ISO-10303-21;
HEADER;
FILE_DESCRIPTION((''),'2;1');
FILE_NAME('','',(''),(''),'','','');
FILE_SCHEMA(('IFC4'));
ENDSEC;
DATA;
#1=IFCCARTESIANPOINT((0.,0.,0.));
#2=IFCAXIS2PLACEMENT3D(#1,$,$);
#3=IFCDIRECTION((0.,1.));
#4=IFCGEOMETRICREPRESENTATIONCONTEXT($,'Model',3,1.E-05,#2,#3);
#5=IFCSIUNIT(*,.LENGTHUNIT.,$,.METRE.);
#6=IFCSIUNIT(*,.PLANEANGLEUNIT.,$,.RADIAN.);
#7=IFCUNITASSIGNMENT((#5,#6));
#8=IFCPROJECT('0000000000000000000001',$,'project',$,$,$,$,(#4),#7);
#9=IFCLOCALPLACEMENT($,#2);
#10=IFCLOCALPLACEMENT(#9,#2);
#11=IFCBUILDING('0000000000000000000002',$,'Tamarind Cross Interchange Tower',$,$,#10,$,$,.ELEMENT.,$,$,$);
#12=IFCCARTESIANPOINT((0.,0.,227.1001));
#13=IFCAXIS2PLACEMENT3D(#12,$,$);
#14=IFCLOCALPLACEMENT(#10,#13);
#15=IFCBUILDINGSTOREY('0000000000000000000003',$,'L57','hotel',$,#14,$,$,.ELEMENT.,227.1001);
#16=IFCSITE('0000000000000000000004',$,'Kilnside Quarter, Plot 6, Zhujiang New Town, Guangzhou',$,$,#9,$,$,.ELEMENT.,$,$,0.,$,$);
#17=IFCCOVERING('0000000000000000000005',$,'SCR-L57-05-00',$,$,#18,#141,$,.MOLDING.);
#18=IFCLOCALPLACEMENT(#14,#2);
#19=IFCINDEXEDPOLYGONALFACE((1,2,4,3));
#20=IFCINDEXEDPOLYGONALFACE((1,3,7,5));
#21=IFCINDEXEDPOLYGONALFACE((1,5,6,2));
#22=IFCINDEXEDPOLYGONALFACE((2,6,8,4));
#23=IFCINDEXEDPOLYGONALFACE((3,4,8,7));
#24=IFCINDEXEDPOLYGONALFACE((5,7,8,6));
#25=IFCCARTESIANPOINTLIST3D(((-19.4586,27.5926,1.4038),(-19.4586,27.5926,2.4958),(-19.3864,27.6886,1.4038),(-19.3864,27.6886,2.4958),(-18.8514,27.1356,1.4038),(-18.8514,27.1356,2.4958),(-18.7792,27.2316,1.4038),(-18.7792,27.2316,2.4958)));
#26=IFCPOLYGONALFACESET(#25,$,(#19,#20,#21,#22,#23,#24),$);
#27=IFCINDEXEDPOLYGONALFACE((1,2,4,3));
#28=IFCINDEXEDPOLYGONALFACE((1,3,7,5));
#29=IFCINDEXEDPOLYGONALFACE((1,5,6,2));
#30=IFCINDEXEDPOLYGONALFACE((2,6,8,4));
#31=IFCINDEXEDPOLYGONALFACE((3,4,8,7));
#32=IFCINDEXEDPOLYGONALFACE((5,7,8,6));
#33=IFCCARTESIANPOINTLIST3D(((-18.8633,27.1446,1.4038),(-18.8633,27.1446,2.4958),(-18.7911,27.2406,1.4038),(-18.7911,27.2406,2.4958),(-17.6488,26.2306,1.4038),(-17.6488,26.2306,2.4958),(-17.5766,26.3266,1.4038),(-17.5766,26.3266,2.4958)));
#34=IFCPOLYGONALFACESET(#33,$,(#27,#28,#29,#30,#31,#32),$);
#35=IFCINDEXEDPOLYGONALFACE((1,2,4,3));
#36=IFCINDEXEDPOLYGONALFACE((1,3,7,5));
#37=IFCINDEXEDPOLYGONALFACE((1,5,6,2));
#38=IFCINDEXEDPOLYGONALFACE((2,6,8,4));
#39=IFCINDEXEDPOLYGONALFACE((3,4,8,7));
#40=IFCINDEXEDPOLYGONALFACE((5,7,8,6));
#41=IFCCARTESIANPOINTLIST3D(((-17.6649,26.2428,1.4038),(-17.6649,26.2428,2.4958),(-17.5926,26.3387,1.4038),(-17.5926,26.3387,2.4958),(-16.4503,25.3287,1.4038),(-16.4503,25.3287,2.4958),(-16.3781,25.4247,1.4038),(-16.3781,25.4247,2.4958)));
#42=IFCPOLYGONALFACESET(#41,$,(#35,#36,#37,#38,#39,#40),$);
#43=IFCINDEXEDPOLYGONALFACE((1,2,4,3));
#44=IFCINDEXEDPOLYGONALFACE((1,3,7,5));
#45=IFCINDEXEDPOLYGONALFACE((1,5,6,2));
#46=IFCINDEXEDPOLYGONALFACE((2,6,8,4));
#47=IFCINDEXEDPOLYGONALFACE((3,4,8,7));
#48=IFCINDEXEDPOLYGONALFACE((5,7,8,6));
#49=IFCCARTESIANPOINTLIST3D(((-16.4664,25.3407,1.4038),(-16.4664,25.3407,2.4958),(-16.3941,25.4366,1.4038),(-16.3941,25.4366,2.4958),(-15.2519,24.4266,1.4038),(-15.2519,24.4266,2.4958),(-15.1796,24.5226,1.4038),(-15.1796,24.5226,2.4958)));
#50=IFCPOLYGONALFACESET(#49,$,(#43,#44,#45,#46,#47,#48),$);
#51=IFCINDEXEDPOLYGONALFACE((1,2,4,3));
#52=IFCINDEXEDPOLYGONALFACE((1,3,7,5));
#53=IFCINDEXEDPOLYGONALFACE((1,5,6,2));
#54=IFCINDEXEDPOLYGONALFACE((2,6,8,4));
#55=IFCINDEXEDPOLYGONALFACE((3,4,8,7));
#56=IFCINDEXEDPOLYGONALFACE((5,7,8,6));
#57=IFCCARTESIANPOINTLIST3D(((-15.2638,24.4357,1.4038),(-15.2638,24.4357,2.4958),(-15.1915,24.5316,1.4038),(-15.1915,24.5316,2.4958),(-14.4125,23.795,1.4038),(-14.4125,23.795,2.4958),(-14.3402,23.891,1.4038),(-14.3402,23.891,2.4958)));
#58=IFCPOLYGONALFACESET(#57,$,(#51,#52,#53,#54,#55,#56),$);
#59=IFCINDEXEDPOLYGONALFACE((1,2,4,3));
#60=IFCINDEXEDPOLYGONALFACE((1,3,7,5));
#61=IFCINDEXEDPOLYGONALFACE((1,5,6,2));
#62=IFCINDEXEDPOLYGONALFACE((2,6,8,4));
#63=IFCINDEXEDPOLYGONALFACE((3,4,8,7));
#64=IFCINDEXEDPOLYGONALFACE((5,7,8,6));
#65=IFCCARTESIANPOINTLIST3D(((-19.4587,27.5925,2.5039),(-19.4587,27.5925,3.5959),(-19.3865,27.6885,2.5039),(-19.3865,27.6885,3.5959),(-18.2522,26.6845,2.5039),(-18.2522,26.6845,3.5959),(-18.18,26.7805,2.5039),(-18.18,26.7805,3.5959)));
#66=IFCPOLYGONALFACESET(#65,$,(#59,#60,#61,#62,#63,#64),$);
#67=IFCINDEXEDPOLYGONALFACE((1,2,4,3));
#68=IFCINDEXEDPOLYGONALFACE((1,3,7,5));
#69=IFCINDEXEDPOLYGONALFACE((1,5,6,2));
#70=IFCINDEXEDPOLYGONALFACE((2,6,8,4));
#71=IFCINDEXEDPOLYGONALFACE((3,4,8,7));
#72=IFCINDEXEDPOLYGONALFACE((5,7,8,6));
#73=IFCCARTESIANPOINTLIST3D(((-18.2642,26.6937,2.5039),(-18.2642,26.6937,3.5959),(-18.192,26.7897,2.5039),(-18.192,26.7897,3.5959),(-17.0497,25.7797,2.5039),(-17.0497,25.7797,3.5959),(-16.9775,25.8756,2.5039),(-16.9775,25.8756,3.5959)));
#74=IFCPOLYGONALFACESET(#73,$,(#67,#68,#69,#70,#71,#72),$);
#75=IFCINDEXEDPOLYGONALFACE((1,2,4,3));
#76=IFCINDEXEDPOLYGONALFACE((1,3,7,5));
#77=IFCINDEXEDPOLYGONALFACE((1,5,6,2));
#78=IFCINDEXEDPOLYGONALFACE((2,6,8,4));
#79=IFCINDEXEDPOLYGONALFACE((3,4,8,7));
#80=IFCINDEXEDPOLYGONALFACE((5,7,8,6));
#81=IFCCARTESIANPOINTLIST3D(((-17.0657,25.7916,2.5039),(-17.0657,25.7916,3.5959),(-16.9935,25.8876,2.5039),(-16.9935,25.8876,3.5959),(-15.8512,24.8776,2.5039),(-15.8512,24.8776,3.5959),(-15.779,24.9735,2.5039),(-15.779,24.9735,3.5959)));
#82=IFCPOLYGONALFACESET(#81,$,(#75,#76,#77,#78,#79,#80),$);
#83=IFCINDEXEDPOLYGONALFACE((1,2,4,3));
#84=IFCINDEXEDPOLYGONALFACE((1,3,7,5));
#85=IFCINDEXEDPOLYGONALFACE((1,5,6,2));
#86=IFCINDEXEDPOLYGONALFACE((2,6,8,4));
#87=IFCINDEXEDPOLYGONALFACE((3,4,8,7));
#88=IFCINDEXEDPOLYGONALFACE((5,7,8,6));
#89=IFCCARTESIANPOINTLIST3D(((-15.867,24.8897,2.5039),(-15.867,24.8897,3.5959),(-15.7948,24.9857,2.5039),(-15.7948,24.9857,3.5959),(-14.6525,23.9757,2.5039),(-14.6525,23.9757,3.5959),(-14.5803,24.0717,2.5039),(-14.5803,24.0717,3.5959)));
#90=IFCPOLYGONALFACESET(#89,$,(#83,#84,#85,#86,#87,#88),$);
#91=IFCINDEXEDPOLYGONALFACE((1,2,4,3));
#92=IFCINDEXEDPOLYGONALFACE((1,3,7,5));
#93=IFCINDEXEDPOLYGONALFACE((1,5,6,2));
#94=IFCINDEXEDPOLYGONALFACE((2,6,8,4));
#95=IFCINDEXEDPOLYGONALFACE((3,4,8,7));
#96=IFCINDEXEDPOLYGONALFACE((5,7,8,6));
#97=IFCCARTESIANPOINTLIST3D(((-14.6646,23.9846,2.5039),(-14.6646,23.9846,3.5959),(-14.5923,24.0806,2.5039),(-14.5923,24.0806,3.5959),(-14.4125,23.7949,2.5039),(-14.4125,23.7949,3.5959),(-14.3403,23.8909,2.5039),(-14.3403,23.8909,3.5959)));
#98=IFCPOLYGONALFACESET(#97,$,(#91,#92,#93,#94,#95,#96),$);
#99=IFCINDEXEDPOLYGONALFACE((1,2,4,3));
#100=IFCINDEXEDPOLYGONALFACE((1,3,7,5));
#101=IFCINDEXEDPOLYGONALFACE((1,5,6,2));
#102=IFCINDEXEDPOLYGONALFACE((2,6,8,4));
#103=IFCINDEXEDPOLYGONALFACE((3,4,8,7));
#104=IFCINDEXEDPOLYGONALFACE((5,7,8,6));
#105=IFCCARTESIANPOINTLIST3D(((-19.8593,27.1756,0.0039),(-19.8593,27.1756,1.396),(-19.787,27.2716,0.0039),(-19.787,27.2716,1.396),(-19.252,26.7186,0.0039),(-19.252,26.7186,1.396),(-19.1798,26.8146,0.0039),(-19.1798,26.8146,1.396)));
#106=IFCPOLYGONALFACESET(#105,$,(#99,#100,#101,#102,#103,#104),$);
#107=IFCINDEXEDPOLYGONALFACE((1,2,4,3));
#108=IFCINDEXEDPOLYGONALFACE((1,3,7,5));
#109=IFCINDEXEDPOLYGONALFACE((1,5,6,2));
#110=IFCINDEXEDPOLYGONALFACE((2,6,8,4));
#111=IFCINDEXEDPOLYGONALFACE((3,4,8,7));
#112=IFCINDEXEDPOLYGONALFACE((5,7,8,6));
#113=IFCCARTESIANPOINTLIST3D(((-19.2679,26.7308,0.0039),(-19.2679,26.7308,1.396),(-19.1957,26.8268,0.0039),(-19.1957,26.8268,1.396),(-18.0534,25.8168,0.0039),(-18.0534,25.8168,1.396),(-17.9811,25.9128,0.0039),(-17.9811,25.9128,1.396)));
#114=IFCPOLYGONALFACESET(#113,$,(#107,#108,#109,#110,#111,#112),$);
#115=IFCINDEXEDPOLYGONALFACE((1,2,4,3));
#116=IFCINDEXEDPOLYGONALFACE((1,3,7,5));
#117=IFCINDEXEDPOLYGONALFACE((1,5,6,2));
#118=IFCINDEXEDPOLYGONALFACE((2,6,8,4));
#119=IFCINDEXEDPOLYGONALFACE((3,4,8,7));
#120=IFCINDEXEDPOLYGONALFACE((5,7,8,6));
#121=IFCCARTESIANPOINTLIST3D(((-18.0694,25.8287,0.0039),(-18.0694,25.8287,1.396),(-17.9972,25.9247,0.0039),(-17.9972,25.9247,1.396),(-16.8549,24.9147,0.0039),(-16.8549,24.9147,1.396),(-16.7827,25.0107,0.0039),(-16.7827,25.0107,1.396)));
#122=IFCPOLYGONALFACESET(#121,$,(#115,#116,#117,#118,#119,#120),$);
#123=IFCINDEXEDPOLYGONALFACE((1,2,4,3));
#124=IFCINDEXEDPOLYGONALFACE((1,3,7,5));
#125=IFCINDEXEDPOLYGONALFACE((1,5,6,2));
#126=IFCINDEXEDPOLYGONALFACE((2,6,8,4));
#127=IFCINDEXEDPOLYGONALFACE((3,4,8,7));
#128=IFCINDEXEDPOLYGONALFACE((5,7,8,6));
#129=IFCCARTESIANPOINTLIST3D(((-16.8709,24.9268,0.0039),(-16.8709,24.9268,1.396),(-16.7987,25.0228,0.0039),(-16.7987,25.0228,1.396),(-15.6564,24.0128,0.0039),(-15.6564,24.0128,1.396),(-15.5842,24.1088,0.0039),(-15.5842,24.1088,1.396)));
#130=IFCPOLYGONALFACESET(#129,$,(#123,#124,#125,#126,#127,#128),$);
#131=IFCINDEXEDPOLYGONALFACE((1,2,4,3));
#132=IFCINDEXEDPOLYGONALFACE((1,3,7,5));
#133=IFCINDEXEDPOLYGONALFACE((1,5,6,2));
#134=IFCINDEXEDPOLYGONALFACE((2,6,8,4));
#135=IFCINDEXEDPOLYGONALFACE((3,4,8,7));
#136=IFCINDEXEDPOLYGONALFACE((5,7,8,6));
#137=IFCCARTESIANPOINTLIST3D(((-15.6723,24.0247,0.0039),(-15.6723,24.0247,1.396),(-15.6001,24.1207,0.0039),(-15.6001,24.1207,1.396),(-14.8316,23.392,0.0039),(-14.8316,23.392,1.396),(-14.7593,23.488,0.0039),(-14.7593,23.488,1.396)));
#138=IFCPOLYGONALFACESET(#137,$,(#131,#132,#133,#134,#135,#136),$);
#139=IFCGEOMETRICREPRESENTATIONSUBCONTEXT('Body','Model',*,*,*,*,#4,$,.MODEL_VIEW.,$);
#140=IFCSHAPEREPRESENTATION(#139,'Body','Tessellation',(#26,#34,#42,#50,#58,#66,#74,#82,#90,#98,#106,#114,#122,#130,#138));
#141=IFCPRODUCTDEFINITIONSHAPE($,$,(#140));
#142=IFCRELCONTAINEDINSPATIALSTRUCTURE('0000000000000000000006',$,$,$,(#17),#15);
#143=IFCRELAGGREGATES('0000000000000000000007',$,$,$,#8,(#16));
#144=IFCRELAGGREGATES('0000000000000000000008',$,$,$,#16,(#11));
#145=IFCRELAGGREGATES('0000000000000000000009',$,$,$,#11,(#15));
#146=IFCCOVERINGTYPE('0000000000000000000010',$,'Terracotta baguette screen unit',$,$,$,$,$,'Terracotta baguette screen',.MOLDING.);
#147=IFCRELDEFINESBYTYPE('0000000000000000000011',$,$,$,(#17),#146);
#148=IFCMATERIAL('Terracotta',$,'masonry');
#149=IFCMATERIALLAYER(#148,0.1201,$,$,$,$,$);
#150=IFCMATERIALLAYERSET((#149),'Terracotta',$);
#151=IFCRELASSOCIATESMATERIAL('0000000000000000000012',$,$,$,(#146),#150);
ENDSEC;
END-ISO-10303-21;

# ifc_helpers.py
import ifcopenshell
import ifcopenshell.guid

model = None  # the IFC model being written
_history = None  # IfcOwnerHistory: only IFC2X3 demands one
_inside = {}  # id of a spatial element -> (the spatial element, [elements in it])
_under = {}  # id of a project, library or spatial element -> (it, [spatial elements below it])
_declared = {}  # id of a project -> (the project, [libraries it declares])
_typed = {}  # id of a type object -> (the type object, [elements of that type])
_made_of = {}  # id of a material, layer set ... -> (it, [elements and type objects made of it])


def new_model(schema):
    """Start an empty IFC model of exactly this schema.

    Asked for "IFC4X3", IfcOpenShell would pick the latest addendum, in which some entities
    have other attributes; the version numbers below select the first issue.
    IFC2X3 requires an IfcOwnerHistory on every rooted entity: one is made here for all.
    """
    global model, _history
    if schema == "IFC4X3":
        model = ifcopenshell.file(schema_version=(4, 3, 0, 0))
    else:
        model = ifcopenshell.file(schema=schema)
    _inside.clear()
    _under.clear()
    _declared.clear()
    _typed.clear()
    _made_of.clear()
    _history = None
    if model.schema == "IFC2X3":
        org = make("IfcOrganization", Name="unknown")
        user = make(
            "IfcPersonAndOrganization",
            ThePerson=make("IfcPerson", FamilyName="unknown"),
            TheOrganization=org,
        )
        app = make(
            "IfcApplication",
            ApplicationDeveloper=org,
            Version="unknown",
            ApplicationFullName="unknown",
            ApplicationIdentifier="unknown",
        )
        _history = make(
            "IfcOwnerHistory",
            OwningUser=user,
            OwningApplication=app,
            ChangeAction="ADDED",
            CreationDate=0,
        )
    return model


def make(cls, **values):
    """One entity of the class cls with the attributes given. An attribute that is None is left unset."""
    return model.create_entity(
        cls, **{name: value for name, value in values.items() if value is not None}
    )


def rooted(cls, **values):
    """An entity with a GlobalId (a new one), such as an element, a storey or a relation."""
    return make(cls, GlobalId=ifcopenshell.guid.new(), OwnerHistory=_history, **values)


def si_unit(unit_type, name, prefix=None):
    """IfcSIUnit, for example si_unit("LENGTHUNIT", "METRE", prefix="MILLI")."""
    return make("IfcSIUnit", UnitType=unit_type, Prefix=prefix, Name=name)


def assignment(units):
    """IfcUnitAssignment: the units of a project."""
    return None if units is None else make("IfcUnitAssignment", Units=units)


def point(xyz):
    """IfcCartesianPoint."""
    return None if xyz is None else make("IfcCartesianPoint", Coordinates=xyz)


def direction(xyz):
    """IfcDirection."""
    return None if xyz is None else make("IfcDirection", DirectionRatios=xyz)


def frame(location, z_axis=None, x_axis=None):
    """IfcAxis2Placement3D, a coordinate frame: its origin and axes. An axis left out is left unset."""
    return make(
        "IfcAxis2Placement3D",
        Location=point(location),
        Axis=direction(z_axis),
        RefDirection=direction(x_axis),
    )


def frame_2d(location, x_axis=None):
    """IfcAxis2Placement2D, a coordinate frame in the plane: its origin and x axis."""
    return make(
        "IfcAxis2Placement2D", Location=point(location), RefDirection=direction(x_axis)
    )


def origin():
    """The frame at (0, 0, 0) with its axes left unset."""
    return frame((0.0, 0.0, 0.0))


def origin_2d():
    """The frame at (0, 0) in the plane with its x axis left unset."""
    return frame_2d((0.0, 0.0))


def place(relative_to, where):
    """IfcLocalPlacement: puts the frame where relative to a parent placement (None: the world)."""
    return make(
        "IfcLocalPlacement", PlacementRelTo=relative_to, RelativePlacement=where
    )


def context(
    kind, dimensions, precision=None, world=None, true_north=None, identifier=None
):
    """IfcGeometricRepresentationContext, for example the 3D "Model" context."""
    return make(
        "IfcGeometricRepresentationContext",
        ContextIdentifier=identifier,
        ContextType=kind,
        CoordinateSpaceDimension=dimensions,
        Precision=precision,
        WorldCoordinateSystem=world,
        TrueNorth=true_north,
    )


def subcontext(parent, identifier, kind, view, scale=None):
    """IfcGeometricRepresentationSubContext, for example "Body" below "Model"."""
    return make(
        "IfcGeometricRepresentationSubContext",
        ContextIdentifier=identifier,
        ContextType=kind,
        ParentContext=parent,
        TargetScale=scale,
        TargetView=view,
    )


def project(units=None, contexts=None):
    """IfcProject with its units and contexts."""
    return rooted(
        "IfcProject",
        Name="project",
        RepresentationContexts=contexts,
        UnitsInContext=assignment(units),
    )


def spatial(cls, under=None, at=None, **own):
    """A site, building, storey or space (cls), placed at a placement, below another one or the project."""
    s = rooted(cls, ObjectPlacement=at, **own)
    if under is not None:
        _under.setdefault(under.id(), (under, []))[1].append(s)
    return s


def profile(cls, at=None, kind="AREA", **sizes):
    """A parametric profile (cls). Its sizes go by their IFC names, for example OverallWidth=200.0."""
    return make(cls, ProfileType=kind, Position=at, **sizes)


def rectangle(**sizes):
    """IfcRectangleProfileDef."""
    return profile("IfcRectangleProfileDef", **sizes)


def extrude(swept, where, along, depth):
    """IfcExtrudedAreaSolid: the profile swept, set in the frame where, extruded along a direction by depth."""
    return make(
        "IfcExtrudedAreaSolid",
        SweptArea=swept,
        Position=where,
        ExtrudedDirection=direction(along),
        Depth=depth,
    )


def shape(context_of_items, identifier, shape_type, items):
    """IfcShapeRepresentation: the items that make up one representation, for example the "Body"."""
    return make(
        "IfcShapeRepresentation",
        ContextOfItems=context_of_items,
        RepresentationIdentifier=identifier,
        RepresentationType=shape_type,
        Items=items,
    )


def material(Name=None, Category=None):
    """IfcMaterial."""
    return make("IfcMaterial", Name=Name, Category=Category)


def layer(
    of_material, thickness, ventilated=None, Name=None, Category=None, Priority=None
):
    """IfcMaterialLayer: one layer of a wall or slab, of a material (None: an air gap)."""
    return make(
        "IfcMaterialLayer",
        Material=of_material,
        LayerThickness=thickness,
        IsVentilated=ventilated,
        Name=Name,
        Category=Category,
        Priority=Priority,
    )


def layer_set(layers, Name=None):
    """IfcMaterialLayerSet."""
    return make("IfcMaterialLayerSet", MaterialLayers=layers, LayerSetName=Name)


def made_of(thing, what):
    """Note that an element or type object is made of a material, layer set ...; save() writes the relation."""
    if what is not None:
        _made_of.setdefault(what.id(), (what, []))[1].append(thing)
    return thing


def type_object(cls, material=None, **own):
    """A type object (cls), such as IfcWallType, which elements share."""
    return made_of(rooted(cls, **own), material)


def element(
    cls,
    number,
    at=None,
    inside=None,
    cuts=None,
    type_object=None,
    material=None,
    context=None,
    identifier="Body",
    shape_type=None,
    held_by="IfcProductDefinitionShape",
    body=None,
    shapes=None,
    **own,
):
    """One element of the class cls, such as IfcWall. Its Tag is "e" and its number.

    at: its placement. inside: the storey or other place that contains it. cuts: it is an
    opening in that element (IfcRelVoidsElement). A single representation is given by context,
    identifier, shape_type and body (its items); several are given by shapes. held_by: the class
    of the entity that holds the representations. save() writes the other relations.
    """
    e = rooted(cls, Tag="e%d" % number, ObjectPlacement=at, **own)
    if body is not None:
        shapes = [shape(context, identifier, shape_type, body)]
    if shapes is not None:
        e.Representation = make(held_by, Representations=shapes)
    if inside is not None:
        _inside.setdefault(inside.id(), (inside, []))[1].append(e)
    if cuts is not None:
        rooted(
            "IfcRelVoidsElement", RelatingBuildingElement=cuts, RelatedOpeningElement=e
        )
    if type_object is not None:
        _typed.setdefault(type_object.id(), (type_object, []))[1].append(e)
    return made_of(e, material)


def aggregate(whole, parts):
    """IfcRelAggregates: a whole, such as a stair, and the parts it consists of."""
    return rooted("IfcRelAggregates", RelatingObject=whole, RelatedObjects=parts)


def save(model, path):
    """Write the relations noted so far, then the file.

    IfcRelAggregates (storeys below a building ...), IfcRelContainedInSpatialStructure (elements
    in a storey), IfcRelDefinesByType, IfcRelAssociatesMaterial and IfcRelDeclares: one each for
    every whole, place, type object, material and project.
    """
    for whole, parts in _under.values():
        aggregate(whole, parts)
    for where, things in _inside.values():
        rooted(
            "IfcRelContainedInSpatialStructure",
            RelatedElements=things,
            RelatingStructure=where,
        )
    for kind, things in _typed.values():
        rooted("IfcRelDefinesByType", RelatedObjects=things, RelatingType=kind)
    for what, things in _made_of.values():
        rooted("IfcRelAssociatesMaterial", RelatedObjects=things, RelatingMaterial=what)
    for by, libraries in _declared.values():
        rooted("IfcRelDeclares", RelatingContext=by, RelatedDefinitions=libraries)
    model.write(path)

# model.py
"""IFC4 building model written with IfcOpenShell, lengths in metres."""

from ifc_helpers import new_model, si_unit, direction, frame, origin, origin_2d, place, context, subcontext, project, spatial, rectangle, extrude, material, layer, layer_set, type_object, element, save


model = new_model("IFC4")

# Units and contexts
model_context = context("Model", 3, precision=1e-05, world=origin(), true_north=direction((0.0, 1.0)))
body_context = subcontext(model_context, "Body", "Model", "MODEL_VIEW")
ifc_project = project(units=[si_unit("LENGTHUNIT", "METRE"), si_unit("PLANEANGLEUNIT", "RADIAN")], contexts=[model_context])

# Site, building, storey
site_placement = place(None, origin())
site = spatial("IfcSite", under=ifc_project, at=site_placement, Name="Kilnside Quarter, Plot 6, Zhujiang New Town, Guangzhou", CompositionType="ELEMENT", RefElevation=0.0)
building_placement = place(site_placement, origin())
building = spatial("IfcBuilding", under=site, at=building_placement, Name="Tamarind Cross Interchange Tower", CompositionType="ELEMENT")
storey_placement = place(building_placement, frame((0.0, 0.0, 227.1001)))
storey = spatial("IfcBuildingStorey", under=building, at=storey_placement, Name="L57", Description="hotel", CompositionType="ELEMENT", Elevation=227.1001)

# Covering
ifc_material_1 = material(Name="Terracotta", Category="masonry")
ifc_layer_1 = layer(ifc_material_1, 0.1201)
ifc_layer_set_1 = layer_set([ifc_layer_1], Name="Terracotta")
covering_type = type_object("IfcCoveringType", Name="Terracotta baguette screen unit", ElementType="Terracotta baguette screen", PredefinedType="MOLDING", material=ifc_layer_set_1)
covering_1_placement = place(storey_placement, origin())
element("IfcCovering", 1, at=covering_1_placement, inside=storey, type_object=covering_type, Name="SCR-L57-05-00", PredefinedType="MOLDING", context=body_context, shape_type="SweptSolid", body=[
    extrude(rectangle(XDim=0.76, YDim=0.1201, at=origin_2d()), frame((-19.1189, 27.4121, 1.4038), z_axis=(0.0, 0.0, 1.0), x_axis=(0.799011, -0.601316, 0.0)), (0.0, 0.0, 1.0), 1.092),
    extrude(rectangle(XDim=1.52, YDim=0.1201, at=origin_2d()), frame((-18.22, 26.7356, 1.4038), z_axis=(0.0, 0.0, 1.0), x_axis=(0.799011, -0.601316, 0.0)), (0.0, 0.0, 1.0), 1.092),
    extrude(rectangle(XDim=1.52, YDim=0.1201, at=origin_2d()), frame((-17.0215, 25.8337, 1.4038), z_axis=(0.0, 0.0, 1.0), x_axis=(0.799011, -0.601316, 0.0)), (0.0, 0.0, 1.0), 1.092),
    extrude(rectangle(XDim=1.52, YDim=0.1201, at=origin_2d()), frame((-15.823, 24.9316, 1.4038), z_axis=(0.0, 0.0, 1.0), x_axis=(0.799011, -0.601316, 0.0)), (0.0, 0.0, 1.0), 1.092),
    extrude(rectangle(XDim=1.0654, YDim=0.1201, at=origin_2d()), frame((-14.802, 24.1633, 1.4038), z_axis=(0.0, 0.0, 1.0), x_axis=(0.799011, -0.601316, 0.0)), (0.0, 0.0, 1.0), 1.092),
    extrude(rectangle(XDim=1.51, YDim=0.1201, at=origin_2d()), frame((-18.8193, 27.1865, 2.5039), z_axis=(0.0, 0.0, 1.0), x_axis=(0.799011, -0.601316, 0.0)), (0.0, 0.0, 1.0), 1.092),
    extrude(rectangle(XDim=1.52, YDim=0.1201, at=origin_2d()), frame((-17.6208, 26.2847, 2.5039), z_axis=(0.0, 0.0, 1.0), x_axis=(0.799011, -0.601316, 0.0)), (0.0, 0.0, 1.0), 1.092),
    extrude(rectangle(XDim=1.52, YDim=0.1201, at=origin_2d()), frame((-16.4224, 25.3826, 2.5039), z_axis=(0.0, 0.0, 1.0), x_axis=(0.799011, -0.601316, 0.0)), (0.0, 0.0, 1.0), 1.092),
    extrude(rectangle(XDim=1.52, YDim=0.1201, at=origin_2d()), frame((-15.2236, 24.4807, 2.5039), z_axis=(0.0, 0.0, 1.0), x_axis=(0.799011, -0.601316, 0.0)), (0.0, 0.0, 1.0), 1.092),
    extrude(rectangle(XDim=0.3154, YDim=0.1201, at=origin_2d()), frame((-14.5024, 23.9377, 2.5039), z_axis=(0.0, 0.0, 1.0), x_axis=(0.799011, -0.601316, 0.0)), (0.0, 0.0, 1.0), 1.092),
    extrude(rectangle(XDim=0.76, YDim=0.1201, at=origin_2d()), frame((-19.5195, 26.9951, 0.0039), z_axis=(0.0, 0.0, 1.0), x_axis=(0.799011, -0.601316, 0.0)), (0.0, 0.0, 1.0), 1.3921),
    extrude(rectangle(XDim=1.52, YDim=0.1201, at=origin_2d()), frame((-18.6245, 26.3218, 0.0039), z_axis=(0.0, 0.0, 1.0), x_axis=(0.799011, -0.601316, 0.0)), (0.0, 0.0, 1.0), 1.3921),
    extrude(rectangle(XDim=1.52, YDim=0.1201, at=origin_2d()), frame((-17.426, 25.4197, 0.0039), z_axis=(0.0, 0.0, 1.0), x_axis=(0.799011, -0.601316, 0.0)), (0.0, 0.0, 1.0), 1.3921),
    extrude(rectangle(XDim=1.52, YDim=0.1201, at=origin_2d()), frame((-16.2275, 24.5178, 0.0039), z_axis=(0.0, 0.0, 1.0), x_axis=(0.799011, -0.601316, 0.0)), (0.0, 0.0, 1.0), 1.3921),
    extrude(rectangle(XDim=1.0522, YDim=0.1201, at=origin_2d()), frame((-15.2158, 23.7563, 0.0039), z_axis=(0.0, 0.0, 1.0), x_axis=(0.799011, -0.601316, 0.0)), (0.0, 0.0, 1.0), 1.3921),
])

save(model, "model.ifc")
